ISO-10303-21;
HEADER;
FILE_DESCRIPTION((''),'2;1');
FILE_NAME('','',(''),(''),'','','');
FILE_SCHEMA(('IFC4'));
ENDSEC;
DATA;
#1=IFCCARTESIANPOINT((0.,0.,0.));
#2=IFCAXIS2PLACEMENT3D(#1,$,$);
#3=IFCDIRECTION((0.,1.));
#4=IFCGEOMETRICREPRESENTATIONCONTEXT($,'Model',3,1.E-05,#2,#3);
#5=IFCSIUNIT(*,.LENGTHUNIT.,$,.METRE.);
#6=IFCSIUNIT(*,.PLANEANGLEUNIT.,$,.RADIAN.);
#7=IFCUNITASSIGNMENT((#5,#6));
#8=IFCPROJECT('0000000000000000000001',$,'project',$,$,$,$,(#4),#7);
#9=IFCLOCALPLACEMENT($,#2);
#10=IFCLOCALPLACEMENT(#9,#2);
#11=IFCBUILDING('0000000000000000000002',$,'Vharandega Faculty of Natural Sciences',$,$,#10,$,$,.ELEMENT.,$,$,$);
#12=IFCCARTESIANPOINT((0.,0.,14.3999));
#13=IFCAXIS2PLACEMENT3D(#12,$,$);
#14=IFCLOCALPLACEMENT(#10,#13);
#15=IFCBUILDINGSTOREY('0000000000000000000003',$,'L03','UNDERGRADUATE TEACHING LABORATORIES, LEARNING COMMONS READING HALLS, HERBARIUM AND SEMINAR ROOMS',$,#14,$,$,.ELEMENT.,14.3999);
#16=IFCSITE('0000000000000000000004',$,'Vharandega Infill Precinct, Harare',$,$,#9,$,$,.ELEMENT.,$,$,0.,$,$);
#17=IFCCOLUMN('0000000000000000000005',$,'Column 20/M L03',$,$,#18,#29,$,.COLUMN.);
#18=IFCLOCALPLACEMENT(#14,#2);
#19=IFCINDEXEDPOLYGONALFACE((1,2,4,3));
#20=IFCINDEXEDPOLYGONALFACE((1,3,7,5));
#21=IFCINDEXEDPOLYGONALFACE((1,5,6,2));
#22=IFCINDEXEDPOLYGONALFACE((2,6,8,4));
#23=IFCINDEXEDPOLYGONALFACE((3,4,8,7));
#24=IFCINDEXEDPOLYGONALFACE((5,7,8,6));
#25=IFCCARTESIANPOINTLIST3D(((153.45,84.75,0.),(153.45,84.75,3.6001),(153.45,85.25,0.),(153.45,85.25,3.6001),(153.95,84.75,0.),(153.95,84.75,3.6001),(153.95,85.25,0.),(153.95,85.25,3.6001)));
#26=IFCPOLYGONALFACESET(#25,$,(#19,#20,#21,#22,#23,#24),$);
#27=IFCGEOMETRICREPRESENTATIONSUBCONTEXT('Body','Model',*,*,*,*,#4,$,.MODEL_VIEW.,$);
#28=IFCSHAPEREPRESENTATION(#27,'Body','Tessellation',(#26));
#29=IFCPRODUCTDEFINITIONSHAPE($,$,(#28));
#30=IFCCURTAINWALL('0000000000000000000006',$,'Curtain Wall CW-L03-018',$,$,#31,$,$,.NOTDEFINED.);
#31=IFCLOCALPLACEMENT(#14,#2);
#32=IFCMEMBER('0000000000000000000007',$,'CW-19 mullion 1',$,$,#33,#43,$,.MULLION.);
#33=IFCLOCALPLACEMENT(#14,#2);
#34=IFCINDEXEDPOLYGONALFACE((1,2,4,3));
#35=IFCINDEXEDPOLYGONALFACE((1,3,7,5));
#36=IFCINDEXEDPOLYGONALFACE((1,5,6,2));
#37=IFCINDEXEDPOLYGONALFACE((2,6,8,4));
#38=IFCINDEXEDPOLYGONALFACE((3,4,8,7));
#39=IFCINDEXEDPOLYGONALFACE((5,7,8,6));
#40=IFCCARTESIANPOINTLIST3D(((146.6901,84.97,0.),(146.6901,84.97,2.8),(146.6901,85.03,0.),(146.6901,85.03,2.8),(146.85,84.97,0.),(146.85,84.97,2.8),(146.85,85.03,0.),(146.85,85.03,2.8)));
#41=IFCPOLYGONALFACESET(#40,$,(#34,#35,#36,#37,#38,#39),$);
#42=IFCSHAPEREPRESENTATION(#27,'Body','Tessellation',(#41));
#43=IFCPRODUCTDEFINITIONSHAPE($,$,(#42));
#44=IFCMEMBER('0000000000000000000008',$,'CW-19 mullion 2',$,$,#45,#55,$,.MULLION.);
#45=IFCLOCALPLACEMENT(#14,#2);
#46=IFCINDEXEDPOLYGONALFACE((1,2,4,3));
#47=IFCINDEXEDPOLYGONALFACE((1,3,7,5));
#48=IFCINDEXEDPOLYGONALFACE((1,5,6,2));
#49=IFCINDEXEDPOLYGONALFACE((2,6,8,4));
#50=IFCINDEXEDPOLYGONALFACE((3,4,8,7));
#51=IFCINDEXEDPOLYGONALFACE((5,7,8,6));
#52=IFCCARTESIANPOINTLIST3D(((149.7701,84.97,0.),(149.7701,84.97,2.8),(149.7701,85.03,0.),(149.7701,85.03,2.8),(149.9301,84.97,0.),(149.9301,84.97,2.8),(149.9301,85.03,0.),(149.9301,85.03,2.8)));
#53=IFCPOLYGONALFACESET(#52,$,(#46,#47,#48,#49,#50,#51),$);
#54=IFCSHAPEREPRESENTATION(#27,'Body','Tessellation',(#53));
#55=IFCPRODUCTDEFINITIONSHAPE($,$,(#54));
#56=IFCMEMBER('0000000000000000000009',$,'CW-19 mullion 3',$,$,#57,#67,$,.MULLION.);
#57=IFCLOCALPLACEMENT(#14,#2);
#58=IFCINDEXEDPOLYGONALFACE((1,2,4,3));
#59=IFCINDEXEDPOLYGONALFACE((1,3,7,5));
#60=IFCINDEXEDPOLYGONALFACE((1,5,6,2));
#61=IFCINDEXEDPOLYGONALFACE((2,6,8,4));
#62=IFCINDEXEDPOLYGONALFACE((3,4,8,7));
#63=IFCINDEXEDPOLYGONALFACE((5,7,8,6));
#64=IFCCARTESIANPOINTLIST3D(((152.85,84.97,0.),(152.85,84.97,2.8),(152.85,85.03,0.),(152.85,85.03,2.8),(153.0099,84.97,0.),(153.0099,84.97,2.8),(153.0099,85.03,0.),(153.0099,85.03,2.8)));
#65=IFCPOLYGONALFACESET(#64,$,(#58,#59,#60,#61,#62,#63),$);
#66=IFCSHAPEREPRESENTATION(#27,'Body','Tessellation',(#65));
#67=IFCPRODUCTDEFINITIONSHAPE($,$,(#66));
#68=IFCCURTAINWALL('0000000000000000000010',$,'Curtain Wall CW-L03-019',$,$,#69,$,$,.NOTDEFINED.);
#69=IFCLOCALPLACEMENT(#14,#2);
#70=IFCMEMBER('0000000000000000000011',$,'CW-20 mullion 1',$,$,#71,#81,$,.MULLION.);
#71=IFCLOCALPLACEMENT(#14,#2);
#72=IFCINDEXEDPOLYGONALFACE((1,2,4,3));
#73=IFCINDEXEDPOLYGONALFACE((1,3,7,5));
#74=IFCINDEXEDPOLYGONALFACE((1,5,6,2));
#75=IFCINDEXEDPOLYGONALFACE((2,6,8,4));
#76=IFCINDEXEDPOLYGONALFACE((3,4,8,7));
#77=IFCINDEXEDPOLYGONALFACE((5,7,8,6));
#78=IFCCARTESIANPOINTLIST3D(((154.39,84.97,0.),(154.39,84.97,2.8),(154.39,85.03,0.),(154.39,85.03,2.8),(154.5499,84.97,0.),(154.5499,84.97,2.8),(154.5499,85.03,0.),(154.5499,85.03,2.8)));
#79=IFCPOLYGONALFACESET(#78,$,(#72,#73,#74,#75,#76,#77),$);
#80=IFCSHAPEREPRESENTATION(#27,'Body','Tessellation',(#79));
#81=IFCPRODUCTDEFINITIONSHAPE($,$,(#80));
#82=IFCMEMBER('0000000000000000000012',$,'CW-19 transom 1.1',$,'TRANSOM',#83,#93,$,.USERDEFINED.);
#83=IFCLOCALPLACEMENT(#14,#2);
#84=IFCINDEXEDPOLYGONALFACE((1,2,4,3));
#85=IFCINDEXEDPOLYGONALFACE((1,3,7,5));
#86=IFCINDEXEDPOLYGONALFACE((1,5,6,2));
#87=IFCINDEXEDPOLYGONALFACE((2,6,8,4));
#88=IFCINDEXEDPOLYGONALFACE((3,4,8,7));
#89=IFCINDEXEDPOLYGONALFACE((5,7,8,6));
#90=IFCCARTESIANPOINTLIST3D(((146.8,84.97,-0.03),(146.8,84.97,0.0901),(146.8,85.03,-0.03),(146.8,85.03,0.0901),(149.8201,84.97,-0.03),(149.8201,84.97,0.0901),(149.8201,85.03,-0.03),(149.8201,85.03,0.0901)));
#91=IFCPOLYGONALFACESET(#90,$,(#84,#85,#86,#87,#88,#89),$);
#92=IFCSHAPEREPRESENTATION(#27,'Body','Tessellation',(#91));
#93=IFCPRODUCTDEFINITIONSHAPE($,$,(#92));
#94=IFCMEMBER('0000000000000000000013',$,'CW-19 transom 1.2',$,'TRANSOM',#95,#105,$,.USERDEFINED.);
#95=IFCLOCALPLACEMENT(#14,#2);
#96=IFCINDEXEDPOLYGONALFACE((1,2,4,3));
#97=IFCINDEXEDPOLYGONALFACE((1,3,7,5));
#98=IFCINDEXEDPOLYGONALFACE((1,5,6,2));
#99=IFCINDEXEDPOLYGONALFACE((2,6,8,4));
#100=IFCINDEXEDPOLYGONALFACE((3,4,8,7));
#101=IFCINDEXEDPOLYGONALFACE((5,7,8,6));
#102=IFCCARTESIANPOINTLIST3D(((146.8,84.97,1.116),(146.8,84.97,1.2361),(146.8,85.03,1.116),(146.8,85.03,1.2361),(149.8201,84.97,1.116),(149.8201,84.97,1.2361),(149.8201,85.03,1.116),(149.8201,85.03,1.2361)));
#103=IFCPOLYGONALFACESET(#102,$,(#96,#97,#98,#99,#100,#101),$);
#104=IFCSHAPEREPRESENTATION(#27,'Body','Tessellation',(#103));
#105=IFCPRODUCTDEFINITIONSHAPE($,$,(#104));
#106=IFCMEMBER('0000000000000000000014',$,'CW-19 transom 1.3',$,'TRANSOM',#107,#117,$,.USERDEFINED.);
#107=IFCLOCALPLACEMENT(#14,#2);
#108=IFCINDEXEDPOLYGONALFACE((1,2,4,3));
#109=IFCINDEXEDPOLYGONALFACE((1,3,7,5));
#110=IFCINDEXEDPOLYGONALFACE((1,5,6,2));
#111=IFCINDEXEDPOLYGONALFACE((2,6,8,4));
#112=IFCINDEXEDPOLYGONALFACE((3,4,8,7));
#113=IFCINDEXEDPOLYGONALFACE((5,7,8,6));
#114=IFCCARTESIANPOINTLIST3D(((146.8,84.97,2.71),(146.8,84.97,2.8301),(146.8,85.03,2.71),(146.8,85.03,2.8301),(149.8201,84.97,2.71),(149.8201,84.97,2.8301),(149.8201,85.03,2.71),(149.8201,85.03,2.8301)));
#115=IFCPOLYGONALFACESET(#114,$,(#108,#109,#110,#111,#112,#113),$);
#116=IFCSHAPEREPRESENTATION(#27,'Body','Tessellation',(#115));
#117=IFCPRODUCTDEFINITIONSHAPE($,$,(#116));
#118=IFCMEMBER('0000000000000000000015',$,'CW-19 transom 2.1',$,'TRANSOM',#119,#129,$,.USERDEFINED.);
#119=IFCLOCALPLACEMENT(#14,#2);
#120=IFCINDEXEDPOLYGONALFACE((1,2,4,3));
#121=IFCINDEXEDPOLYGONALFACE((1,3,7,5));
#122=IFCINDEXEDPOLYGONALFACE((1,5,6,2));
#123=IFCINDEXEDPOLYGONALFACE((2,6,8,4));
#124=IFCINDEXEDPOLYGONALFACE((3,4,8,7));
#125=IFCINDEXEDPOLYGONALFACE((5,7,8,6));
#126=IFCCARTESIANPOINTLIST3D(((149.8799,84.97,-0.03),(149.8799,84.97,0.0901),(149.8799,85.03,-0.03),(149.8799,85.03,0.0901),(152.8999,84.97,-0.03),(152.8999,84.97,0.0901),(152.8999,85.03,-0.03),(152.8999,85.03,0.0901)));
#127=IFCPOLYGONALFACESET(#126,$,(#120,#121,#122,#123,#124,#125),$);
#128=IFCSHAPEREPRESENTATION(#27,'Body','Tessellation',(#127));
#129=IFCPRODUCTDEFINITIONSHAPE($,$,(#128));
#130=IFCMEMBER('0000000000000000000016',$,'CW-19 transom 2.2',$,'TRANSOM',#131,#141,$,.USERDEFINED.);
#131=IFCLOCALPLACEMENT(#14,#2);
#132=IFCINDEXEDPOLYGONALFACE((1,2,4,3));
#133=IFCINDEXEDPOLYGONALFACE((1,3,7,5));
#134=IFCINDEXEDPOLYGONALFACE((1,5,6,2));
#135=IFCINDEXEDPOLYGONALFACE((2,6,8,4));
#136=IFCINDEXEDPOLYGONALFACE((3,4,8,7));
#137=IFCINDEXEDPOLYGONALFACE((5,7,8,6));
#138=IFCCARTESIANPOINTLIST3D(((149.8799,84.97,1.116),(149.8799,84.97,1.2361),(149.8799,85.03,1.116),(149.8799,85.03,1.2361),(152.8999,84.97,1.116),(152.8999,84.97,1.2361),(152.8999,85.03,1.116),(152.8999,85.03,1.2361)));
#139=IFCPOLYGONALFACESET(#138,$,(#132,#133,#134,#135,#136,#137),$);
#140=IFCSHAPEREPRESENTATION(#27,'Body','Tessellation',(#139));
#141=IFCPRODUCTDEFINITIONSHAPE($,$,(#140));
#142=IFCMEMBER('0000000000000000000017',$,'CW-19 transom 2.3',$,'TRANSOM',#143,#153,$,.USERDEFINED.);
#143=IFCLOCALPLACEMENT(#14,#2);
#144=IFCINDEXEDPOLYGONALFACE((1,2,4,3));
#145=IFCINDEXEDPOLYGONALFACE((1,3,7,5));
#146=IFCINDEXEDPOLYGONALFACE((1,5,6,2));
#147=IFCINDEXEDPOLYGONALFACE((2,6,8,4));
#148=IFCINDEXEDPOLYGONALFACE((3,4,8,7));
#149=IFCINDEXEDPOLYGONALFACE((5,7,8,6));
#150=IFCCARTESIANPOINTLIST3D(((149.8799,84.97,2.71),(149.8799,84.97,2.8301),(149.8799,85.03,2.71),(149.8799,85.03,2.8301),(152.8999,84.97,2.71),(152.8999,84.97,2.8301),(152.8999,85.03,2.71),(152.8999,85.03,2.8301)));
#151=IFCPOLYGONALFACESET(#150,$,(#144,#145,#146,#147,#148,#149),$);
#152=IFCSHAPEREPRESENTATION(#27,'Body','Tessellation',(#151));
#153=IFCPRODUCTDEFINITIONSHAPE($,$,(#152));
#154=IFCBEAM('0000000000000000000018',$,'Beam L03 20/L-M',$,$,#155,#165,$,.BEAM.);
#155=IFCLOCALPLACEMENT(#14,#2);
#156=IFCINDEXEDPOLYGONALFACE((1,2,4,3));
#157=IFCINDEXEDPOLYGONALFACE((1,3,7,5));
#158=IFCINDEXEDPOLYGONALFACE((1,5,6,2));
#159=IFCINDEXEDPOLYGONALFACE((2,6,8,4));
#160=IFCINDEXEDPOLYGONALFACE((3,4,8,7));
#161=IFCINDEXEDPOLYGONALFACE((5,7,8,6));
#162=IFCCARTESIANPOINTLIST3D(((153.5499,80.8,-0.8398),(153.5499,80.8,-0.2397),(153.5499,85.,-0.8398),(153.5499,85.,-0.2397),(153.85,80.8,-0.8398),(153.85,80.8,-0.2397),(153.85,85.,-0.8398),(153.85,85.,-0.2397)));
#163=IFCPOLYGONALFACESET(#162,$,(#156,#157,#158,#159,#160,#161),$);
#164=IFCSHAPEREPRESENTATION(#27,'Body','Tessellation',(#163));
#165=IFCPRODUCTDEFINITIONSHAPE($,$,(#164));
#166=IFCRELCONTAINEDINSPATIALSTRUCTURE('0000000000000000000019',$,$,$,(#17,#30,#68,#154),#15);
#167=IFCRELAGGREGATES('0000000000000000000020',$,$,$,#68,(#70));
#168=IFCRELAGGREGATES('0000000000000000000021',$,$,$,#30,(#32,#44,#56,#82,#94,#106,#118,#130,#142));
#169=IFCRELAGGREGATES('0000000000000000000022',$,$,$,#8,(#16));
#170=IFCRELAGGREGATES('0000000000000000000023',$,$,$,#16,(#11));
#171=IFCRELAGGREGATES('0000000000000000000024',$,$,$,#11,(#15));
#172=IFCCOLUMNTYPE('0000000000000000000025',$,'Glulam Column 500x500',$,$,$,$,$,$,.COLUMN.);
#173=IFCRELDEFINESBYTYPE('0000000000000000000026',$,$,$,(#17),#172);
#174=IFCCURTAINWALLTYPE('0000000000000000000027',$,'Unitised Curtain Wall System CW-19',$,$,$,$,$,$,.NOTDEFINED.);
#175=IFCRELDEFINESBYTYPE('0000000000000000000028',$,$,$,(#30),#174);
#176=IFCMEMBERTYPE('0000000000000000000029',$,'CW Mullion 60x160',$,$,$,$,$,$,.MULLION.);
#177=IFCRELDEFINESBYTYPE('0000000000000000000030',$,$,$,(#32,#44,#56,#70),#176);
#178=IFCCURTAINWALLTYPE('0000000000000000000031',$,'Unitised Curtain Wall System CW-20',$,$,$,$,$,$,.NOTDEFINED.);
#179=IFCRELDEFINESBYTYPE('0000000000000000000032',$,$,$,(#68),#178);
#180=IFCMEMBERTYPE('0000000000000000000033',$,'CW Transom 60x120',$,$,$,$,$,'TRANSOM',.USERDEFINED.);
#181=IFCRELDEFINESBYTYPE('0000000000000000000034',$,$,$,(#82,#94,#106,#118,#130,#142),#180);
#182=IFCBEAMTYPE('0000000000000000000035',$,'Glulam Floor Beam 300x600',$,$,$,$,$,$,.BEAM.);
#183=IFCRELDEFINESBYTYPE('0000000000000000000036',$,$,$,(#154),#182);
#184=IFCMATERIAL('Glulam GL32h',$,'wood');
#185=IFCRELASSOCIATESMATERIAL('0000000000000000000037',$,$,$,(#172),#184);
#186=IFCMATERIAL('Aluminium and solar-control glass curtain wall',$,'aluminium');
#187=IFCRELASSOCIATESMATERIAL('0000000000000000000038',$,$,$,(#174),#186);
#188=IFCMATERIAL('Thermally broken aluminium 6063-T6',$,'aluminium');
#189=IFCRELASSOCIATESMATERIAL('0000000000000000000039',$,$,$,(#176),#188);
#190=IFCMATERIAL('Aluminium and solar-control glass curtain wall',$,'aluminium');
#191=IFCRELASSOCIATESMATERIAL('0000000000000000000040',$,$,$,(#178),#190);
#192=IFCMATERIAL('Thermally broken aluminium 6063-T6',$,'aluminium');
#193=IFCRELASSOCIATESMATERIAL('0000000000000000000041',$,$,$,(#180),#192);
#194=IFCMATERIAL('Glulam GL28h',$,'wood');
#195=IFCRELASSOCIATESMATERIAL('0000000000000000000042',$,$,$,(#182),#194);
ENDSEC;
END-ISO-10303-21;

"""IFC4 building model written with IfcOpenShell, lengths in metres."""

from ifc_helpers import new_model, si_unit, direction, frame, origin, origin_2d, place, context, subcontext, project, spatial, rectangle, extrude, material, material_profile, profile_set, type_object, element, aggregate, save


model = new_model("IFC4")

# Units and contexts
model_context = context("Model", 3, precision=1e-05, world=origin(), true_north=direction((0.0, 1.0)))
body_context = subcontext(model_context, "Body", "Model", "MODEL_VIEW")
ifc_project = project(units=[si_unit("LENGTHUNIT", "METRE"), si_unit("PLANEANGLEUNIT", "RADIAN")], contexts=[model_context])

# Site, building, storey
site_placement = place(None, origin())
site = spatial("IfcSite", under=ifc_project, at=site_placement, Name="Vharandega Infill Precinct, Harare", CompositionType="ELEMENT", RefElevation=0.0)
building_placement = place(site_placement, origin())
building = spatial("IfcBuilding", under=site, at=building_placement, Name="Vharandega Faculty of Natural Sciences", CompositionType="ELEMENT")
storey_placement = place(building_placement, frame((0.0, 0.0, 14.3999)))
storey = spatial("IfcBuildingStorey", under=building, at=storey_placement, Name="L03", Description="UNDERGRADUATE TEACHING LABORATORIES, LEARNING COMMONS READING HALLS, HERBARIUM AND SEMINAR ROOMS", CompositionType="ELEMENT", Elevation=14.3999)

# Column
ifc_material_1 = material(Name="Glulam GL32h", Category="wood")
ifc_material_profile_1 = material_profile(ifc_material_1, rectangle(XDim=0.5, YDim=0.5, at=origin_2d()), Name="GL32h 500x500")
ifc_profile_set_1 = profile_set([ifc_material_profile_1], Name="Glulam GL32h")
column_type = type_object("IfcColumnType", Name="Glulam Column 500x500", PredefinedType="COLUMN", material=ifc_profile_set_1)
column_placement = place(storey_placement, frame((153.7, 85.0, 0.0), z_axis=(0.0, 0.0, 1.0), x_axis=(1.0, 0.0, 0.0)))
element("IfcColumn", 1, at=column_placement, inside=storey, type_object=column_type, Name="Column 20/M L03", PredefinedType="COLUMN", context=body_context, shape_type="SweptSolid", body=[
    extrude(rectangle(XDim=0.5, YDim=0.5, at=origin_2d()), origin(), (0.0, 0.0, 1.0), 3.6001),
])

# Curtain wall, members
ifc_material_2 = material(Name="Aluminium and solar-control glass curtain wall", Category="aluminium")
curtain_wall_type_1 = type_object("IfcCurtainWallType", Name="Unitised Curtain Wall System CW-19", PredefinedType="NOTDEFINED", material=ifc_material_2)
curtain_wall_1_placement = place(storey_placement, origin())
curtain_wall_1 = element("IfcCurtainWall", 2, at=curtain_wall_1_placement, inside=storey, type_object=curtain_wall_type_1, Name="Curtain Wall CW-L03-018", PredefinedType="NOTDEFINED")
ifc_material_3 = material(Name="Thermally broken aluminium 6063-T6", Category="aluminium")
ifc_material_profile_2 = material_profile(ifc_material_3, rectangle(XDim=0.0601, YDim=0.1599, at=origin_2d()), Name="ALU 60x160")
ifc_profile_set_2 = profile_set([ifc_material_profile_2], Name="Thermally broken aluminium 6063-T6")
member_type_1 = type_object("IfcMemberType", Name="CW Mullion 60x160", PredefinedType="MULLION", material=ifc_profile_set_2)
member_1_placement = place(storey_placement, frame((146.77, 85.0, 0.0), z_axis=(0.0, 0.0, 1.0), x_axis=(0.0, 1.0, 0.0)))
member_1 = element("IfcMember", 3, at=member_1_placement, type_object=member_type_1, Name="CW-19 mullion 1", PredefinedType="MULLION", context=body_context, shape_type="SweptSolid", body=[
    extrude(rectangle(XDim=0.0601, YDim=0.1599, at=origin_2d()), origin(), (0.0, 0.0, 1.0), 2.8),
])
member_2_placement = place(storey_placement, frame((149.8501, 85.0, 0.0), z_axis=(0.0, 0.0, 1.0), x_axis=(0.0, 1.0, 0.0)))
member_2 = element("IfcMember", 4, at=member_2_placement, type_object=member_type_1, Name="CW-19 mullion 2", PredefinedType="MULLION", context=body_context, shape_type="SweptSolid", body=[
    extrude(rectangle(XDim=0.0601, YDim=0.1599, at=origin_2d()), origin(), (0.0, 0.0, 1.0), 2.8),
])
member_3_placement = place(storey_placement, frame((152.9299, 85.0, 0.0), z_axis=(0.0, 0.0, 1.0), x_axis=(0.0, 1.0, 0.0)))
member_3 = element("IfcMember", 5, at=member_3_placement, type_object=member_type_1, Name="CW-19 mullion 3", PredefinedType="MULLION", context=body_context, shape_type="SweptSolid", body=[
    extrude(rectangle(XDim=0.0601, YDim=0.1599, at=origin_2d()), origin(), (0.0, 0.0, 1.0), 2.8),
])

# Curtain wall, member
ifc_material_4 = material(Name="Aluminium and solar-control glass curtain wall", Category="aluminium")
curtain_wall_type_2 = type_object("IfcCurtainWallType", Name="Unitised Curtain Wall System CW-20", PredefinedType="NOTDEFINED", material=ifc_material_4)
curtain_wall_2_placement = place(storey_placement, origin())
curtain_wall_2 = element("IfcCurtainWall", 6, at=curtain_wall_2_placement, inside=storey, type_object=curtain_wall_type_2, Name="Curtain Wall CW-L03-019", PredefinedType="NOTDEFINED")
member_4_placement = place(storey_placement, frame((154.47, 85.0, 0.0), z_axis=(0.0, 0.0, 1.0), x_axis=(0.0, 1.0, 0.0)))
member_4 = element("IfcMember", 7, at=member_4_placement, type_object=member_type_1, Name="CW-20 mullion 1", PredefinedType="MULLION", context=body_context, shape_type="SweptSolid", body=[
    extrude(rectangle(XDim=0.0601, YDim=0.1599, at=origin_2d()), origin(), (0.0, 0.0, 1.0), 2.8),
])
aggregate(curtain_wall_2, [member_4])

# Members
ifc_material_5 = material(Name="Thermally broken aluminium 6063-T6", Category="aluminium")
ifc_material_profile_3 = material_profile(ifc_material_5, rectangle(XDim=0.0601, YDim=0.1201, at=origin_2d()), Name="ALU 60x120")
ifc_profile_set_3 = profile_set([ifc_material_profile_3], Name="Thermally broken aluminium 6063-T6")
member_type_2 = type_object("IfcMemberType", Name="CW Transom 60x120", ElementType="TRANSOM", PredefinedType="USERDEFINED", material=ifc_profile_set_3)
member_5_placement = place(storey_placement, frame((146.8, 85.0, 0.03), z_axis=(1.0, 0.0, 0.0), x_axis=(0.0, 1.0, 0.0)))
member_5 = element("IfcMember", 8, at=member_5_placement, type_object=member_type_2, Name="CW-19 transom 1.1", ObjectType="TRANSOM", PredefinedType="USERDEFINED", context=body_context, shape_type="SweptSolid", body=[
    extrude(rectangle(XDim=0.0601, YDim=0.1201, at=origin_2d()), origin(), (0.0, 0.0, 1.0), 3.02),
])
member_6_placement = place(storey_placement, frame((146.8, 85.0, 1.176), z_axis=(1.0, 0.0, 0.0), x_axis=(0.0, 1.0, 0.0)))
member_6 = element("IfcMember", 9, at=member_6_placement, type_object=member_type_2, Name="CW-19 transom 1.2", ObjectType="TRANSOM", PredefinedType="USERDEFINED", context=body_context, shape_type="SweptSolid", body=[
    extrude(rectangle(XDim=0.0601, YDim=0.1201, at=origin_2d()), origin(), (0.0, 0.0, 1.0), 3.02),
])
member_7_placement = place(storey_placement, frame((146.8, 85.0, 2.77), z_axis=(1.0, 0.0, 0.0), x_axis=(0.0, 1.0, 0.0)))
member_7 = element("IfcMember", 10, at=member_7_placement, type_object=member_type_2, Name="CW-19 transom 1.3", ObjectType="TRANSOM", PredefinedType="USERDEFINED", context=body_context, shape_type="SweptSolid", body=[
    extrude(rectangle(XDim=0.0601, YDim=0.1201, at=origin_2d()), origin(), (0.0, 0.0, 1.0), 3.02),
])
member_8_placement = place(storey_placement, frame((149.8799, 85.0, 0.03), z_axis=(1.0, 0.0, 0.0), x_axis=(0.0, 1.0, 0.0)))
member_8 = element("IfcMember", 11, at=member_8_placement, type_object=member_type_2, Name="CW-19 transom 2.1", ObjectType="TRANSOM", PredefinedType="USERDEFINED", context=body_context, shape_type="SweptSolid", body=[
    extrude(rectangle(XDim=0.0601, YDim=0.1201, at=origin_2d()), origin(), (0.0, 0.0, 1.0), 3.02),
])
member_9_placement = place(storey_placement, frame((149.8799, 85.0, 1.176), z_axis=(1.0, 0.0, 0.0), x_axis=(0.0, 1.0, 0.0)))
member_9 = element("IfcMember", 12, at=member_9_placement, type_object=member_type_2, Name="CW-19 transom 2.2", ObjectType="TRANSOM", PredefinedType="USERDEFINED", context=body_context, shape_type="SweptSolid", body=[
    extrude(rectangle(XDim=0.0601, YDim=0.1201, at=origin_2d()), origin(), (0.0, 0.0, 1.0), 3.02),
])
member_10_placement = place(storey_placement, frame((149.8799, 85.0, 2.77), z_axis=(1.0, 0.0, 0.0), x_axis=(0.0, 1.0, 0.0)))
member_10 = element("IfcMember", 13, at=member_10_placement, type_object=member_type_2, Name="CW-19 transom 2.3", ObjectType="TRANSOM", PredefinedType="USERDEFINED", context=body_context, shape_type="SweptSolid", body=[
    extrude(rectangle(XDim=0.0601, YDim=0.1201, at=origin_2d()), origin(), (0.0, 0.0, 1.0), 3.02),
])

# Beam
ifc_material_6 = material(Name="Glulam GL28h", Category="wood")
ifc_material_profile_4 = material_profile(ifc_material_6, rectangle(XDim=0.3, YDim=0.6001, at=origin_2d()), Name="GL28h 300x600")
ifc_profile_set_4 = profile_set([ifc_material_profile_4], Name="Glulam GL28h")
beam_type_1 = type_object("IfcBeamType", Name="Glulam Floor Beam 300x600", PredefinedType="BEAM", material=ifc_profile_set_4)
beam_placement = place(storey_placement, frame((153.7, 80.8, -0.5398), z_axis=(0.0, 1.0, 0.0), x_axis=(-1.0, 0.0, 0.0)))
element("IfcBeam", 14, at=beam_placement, inside=storey, type_object=beam_type_1, Name="Beam L03 20/L-M", PredefinedType="BEAM", context=body_context, shape_type="SweptSolid", body=[
    extrude(rectangle(XDim=0.3, YDim=0.6001, at=origin_2d()), origin(), (0.0, 0.0, 1.0), 4.2),
])

aggregate(curtain_wall_1, [member_1, member_2, member_3, member_5, member_6, member_7, member_8, member_9, member_10])

save(model, "model.ifc")
